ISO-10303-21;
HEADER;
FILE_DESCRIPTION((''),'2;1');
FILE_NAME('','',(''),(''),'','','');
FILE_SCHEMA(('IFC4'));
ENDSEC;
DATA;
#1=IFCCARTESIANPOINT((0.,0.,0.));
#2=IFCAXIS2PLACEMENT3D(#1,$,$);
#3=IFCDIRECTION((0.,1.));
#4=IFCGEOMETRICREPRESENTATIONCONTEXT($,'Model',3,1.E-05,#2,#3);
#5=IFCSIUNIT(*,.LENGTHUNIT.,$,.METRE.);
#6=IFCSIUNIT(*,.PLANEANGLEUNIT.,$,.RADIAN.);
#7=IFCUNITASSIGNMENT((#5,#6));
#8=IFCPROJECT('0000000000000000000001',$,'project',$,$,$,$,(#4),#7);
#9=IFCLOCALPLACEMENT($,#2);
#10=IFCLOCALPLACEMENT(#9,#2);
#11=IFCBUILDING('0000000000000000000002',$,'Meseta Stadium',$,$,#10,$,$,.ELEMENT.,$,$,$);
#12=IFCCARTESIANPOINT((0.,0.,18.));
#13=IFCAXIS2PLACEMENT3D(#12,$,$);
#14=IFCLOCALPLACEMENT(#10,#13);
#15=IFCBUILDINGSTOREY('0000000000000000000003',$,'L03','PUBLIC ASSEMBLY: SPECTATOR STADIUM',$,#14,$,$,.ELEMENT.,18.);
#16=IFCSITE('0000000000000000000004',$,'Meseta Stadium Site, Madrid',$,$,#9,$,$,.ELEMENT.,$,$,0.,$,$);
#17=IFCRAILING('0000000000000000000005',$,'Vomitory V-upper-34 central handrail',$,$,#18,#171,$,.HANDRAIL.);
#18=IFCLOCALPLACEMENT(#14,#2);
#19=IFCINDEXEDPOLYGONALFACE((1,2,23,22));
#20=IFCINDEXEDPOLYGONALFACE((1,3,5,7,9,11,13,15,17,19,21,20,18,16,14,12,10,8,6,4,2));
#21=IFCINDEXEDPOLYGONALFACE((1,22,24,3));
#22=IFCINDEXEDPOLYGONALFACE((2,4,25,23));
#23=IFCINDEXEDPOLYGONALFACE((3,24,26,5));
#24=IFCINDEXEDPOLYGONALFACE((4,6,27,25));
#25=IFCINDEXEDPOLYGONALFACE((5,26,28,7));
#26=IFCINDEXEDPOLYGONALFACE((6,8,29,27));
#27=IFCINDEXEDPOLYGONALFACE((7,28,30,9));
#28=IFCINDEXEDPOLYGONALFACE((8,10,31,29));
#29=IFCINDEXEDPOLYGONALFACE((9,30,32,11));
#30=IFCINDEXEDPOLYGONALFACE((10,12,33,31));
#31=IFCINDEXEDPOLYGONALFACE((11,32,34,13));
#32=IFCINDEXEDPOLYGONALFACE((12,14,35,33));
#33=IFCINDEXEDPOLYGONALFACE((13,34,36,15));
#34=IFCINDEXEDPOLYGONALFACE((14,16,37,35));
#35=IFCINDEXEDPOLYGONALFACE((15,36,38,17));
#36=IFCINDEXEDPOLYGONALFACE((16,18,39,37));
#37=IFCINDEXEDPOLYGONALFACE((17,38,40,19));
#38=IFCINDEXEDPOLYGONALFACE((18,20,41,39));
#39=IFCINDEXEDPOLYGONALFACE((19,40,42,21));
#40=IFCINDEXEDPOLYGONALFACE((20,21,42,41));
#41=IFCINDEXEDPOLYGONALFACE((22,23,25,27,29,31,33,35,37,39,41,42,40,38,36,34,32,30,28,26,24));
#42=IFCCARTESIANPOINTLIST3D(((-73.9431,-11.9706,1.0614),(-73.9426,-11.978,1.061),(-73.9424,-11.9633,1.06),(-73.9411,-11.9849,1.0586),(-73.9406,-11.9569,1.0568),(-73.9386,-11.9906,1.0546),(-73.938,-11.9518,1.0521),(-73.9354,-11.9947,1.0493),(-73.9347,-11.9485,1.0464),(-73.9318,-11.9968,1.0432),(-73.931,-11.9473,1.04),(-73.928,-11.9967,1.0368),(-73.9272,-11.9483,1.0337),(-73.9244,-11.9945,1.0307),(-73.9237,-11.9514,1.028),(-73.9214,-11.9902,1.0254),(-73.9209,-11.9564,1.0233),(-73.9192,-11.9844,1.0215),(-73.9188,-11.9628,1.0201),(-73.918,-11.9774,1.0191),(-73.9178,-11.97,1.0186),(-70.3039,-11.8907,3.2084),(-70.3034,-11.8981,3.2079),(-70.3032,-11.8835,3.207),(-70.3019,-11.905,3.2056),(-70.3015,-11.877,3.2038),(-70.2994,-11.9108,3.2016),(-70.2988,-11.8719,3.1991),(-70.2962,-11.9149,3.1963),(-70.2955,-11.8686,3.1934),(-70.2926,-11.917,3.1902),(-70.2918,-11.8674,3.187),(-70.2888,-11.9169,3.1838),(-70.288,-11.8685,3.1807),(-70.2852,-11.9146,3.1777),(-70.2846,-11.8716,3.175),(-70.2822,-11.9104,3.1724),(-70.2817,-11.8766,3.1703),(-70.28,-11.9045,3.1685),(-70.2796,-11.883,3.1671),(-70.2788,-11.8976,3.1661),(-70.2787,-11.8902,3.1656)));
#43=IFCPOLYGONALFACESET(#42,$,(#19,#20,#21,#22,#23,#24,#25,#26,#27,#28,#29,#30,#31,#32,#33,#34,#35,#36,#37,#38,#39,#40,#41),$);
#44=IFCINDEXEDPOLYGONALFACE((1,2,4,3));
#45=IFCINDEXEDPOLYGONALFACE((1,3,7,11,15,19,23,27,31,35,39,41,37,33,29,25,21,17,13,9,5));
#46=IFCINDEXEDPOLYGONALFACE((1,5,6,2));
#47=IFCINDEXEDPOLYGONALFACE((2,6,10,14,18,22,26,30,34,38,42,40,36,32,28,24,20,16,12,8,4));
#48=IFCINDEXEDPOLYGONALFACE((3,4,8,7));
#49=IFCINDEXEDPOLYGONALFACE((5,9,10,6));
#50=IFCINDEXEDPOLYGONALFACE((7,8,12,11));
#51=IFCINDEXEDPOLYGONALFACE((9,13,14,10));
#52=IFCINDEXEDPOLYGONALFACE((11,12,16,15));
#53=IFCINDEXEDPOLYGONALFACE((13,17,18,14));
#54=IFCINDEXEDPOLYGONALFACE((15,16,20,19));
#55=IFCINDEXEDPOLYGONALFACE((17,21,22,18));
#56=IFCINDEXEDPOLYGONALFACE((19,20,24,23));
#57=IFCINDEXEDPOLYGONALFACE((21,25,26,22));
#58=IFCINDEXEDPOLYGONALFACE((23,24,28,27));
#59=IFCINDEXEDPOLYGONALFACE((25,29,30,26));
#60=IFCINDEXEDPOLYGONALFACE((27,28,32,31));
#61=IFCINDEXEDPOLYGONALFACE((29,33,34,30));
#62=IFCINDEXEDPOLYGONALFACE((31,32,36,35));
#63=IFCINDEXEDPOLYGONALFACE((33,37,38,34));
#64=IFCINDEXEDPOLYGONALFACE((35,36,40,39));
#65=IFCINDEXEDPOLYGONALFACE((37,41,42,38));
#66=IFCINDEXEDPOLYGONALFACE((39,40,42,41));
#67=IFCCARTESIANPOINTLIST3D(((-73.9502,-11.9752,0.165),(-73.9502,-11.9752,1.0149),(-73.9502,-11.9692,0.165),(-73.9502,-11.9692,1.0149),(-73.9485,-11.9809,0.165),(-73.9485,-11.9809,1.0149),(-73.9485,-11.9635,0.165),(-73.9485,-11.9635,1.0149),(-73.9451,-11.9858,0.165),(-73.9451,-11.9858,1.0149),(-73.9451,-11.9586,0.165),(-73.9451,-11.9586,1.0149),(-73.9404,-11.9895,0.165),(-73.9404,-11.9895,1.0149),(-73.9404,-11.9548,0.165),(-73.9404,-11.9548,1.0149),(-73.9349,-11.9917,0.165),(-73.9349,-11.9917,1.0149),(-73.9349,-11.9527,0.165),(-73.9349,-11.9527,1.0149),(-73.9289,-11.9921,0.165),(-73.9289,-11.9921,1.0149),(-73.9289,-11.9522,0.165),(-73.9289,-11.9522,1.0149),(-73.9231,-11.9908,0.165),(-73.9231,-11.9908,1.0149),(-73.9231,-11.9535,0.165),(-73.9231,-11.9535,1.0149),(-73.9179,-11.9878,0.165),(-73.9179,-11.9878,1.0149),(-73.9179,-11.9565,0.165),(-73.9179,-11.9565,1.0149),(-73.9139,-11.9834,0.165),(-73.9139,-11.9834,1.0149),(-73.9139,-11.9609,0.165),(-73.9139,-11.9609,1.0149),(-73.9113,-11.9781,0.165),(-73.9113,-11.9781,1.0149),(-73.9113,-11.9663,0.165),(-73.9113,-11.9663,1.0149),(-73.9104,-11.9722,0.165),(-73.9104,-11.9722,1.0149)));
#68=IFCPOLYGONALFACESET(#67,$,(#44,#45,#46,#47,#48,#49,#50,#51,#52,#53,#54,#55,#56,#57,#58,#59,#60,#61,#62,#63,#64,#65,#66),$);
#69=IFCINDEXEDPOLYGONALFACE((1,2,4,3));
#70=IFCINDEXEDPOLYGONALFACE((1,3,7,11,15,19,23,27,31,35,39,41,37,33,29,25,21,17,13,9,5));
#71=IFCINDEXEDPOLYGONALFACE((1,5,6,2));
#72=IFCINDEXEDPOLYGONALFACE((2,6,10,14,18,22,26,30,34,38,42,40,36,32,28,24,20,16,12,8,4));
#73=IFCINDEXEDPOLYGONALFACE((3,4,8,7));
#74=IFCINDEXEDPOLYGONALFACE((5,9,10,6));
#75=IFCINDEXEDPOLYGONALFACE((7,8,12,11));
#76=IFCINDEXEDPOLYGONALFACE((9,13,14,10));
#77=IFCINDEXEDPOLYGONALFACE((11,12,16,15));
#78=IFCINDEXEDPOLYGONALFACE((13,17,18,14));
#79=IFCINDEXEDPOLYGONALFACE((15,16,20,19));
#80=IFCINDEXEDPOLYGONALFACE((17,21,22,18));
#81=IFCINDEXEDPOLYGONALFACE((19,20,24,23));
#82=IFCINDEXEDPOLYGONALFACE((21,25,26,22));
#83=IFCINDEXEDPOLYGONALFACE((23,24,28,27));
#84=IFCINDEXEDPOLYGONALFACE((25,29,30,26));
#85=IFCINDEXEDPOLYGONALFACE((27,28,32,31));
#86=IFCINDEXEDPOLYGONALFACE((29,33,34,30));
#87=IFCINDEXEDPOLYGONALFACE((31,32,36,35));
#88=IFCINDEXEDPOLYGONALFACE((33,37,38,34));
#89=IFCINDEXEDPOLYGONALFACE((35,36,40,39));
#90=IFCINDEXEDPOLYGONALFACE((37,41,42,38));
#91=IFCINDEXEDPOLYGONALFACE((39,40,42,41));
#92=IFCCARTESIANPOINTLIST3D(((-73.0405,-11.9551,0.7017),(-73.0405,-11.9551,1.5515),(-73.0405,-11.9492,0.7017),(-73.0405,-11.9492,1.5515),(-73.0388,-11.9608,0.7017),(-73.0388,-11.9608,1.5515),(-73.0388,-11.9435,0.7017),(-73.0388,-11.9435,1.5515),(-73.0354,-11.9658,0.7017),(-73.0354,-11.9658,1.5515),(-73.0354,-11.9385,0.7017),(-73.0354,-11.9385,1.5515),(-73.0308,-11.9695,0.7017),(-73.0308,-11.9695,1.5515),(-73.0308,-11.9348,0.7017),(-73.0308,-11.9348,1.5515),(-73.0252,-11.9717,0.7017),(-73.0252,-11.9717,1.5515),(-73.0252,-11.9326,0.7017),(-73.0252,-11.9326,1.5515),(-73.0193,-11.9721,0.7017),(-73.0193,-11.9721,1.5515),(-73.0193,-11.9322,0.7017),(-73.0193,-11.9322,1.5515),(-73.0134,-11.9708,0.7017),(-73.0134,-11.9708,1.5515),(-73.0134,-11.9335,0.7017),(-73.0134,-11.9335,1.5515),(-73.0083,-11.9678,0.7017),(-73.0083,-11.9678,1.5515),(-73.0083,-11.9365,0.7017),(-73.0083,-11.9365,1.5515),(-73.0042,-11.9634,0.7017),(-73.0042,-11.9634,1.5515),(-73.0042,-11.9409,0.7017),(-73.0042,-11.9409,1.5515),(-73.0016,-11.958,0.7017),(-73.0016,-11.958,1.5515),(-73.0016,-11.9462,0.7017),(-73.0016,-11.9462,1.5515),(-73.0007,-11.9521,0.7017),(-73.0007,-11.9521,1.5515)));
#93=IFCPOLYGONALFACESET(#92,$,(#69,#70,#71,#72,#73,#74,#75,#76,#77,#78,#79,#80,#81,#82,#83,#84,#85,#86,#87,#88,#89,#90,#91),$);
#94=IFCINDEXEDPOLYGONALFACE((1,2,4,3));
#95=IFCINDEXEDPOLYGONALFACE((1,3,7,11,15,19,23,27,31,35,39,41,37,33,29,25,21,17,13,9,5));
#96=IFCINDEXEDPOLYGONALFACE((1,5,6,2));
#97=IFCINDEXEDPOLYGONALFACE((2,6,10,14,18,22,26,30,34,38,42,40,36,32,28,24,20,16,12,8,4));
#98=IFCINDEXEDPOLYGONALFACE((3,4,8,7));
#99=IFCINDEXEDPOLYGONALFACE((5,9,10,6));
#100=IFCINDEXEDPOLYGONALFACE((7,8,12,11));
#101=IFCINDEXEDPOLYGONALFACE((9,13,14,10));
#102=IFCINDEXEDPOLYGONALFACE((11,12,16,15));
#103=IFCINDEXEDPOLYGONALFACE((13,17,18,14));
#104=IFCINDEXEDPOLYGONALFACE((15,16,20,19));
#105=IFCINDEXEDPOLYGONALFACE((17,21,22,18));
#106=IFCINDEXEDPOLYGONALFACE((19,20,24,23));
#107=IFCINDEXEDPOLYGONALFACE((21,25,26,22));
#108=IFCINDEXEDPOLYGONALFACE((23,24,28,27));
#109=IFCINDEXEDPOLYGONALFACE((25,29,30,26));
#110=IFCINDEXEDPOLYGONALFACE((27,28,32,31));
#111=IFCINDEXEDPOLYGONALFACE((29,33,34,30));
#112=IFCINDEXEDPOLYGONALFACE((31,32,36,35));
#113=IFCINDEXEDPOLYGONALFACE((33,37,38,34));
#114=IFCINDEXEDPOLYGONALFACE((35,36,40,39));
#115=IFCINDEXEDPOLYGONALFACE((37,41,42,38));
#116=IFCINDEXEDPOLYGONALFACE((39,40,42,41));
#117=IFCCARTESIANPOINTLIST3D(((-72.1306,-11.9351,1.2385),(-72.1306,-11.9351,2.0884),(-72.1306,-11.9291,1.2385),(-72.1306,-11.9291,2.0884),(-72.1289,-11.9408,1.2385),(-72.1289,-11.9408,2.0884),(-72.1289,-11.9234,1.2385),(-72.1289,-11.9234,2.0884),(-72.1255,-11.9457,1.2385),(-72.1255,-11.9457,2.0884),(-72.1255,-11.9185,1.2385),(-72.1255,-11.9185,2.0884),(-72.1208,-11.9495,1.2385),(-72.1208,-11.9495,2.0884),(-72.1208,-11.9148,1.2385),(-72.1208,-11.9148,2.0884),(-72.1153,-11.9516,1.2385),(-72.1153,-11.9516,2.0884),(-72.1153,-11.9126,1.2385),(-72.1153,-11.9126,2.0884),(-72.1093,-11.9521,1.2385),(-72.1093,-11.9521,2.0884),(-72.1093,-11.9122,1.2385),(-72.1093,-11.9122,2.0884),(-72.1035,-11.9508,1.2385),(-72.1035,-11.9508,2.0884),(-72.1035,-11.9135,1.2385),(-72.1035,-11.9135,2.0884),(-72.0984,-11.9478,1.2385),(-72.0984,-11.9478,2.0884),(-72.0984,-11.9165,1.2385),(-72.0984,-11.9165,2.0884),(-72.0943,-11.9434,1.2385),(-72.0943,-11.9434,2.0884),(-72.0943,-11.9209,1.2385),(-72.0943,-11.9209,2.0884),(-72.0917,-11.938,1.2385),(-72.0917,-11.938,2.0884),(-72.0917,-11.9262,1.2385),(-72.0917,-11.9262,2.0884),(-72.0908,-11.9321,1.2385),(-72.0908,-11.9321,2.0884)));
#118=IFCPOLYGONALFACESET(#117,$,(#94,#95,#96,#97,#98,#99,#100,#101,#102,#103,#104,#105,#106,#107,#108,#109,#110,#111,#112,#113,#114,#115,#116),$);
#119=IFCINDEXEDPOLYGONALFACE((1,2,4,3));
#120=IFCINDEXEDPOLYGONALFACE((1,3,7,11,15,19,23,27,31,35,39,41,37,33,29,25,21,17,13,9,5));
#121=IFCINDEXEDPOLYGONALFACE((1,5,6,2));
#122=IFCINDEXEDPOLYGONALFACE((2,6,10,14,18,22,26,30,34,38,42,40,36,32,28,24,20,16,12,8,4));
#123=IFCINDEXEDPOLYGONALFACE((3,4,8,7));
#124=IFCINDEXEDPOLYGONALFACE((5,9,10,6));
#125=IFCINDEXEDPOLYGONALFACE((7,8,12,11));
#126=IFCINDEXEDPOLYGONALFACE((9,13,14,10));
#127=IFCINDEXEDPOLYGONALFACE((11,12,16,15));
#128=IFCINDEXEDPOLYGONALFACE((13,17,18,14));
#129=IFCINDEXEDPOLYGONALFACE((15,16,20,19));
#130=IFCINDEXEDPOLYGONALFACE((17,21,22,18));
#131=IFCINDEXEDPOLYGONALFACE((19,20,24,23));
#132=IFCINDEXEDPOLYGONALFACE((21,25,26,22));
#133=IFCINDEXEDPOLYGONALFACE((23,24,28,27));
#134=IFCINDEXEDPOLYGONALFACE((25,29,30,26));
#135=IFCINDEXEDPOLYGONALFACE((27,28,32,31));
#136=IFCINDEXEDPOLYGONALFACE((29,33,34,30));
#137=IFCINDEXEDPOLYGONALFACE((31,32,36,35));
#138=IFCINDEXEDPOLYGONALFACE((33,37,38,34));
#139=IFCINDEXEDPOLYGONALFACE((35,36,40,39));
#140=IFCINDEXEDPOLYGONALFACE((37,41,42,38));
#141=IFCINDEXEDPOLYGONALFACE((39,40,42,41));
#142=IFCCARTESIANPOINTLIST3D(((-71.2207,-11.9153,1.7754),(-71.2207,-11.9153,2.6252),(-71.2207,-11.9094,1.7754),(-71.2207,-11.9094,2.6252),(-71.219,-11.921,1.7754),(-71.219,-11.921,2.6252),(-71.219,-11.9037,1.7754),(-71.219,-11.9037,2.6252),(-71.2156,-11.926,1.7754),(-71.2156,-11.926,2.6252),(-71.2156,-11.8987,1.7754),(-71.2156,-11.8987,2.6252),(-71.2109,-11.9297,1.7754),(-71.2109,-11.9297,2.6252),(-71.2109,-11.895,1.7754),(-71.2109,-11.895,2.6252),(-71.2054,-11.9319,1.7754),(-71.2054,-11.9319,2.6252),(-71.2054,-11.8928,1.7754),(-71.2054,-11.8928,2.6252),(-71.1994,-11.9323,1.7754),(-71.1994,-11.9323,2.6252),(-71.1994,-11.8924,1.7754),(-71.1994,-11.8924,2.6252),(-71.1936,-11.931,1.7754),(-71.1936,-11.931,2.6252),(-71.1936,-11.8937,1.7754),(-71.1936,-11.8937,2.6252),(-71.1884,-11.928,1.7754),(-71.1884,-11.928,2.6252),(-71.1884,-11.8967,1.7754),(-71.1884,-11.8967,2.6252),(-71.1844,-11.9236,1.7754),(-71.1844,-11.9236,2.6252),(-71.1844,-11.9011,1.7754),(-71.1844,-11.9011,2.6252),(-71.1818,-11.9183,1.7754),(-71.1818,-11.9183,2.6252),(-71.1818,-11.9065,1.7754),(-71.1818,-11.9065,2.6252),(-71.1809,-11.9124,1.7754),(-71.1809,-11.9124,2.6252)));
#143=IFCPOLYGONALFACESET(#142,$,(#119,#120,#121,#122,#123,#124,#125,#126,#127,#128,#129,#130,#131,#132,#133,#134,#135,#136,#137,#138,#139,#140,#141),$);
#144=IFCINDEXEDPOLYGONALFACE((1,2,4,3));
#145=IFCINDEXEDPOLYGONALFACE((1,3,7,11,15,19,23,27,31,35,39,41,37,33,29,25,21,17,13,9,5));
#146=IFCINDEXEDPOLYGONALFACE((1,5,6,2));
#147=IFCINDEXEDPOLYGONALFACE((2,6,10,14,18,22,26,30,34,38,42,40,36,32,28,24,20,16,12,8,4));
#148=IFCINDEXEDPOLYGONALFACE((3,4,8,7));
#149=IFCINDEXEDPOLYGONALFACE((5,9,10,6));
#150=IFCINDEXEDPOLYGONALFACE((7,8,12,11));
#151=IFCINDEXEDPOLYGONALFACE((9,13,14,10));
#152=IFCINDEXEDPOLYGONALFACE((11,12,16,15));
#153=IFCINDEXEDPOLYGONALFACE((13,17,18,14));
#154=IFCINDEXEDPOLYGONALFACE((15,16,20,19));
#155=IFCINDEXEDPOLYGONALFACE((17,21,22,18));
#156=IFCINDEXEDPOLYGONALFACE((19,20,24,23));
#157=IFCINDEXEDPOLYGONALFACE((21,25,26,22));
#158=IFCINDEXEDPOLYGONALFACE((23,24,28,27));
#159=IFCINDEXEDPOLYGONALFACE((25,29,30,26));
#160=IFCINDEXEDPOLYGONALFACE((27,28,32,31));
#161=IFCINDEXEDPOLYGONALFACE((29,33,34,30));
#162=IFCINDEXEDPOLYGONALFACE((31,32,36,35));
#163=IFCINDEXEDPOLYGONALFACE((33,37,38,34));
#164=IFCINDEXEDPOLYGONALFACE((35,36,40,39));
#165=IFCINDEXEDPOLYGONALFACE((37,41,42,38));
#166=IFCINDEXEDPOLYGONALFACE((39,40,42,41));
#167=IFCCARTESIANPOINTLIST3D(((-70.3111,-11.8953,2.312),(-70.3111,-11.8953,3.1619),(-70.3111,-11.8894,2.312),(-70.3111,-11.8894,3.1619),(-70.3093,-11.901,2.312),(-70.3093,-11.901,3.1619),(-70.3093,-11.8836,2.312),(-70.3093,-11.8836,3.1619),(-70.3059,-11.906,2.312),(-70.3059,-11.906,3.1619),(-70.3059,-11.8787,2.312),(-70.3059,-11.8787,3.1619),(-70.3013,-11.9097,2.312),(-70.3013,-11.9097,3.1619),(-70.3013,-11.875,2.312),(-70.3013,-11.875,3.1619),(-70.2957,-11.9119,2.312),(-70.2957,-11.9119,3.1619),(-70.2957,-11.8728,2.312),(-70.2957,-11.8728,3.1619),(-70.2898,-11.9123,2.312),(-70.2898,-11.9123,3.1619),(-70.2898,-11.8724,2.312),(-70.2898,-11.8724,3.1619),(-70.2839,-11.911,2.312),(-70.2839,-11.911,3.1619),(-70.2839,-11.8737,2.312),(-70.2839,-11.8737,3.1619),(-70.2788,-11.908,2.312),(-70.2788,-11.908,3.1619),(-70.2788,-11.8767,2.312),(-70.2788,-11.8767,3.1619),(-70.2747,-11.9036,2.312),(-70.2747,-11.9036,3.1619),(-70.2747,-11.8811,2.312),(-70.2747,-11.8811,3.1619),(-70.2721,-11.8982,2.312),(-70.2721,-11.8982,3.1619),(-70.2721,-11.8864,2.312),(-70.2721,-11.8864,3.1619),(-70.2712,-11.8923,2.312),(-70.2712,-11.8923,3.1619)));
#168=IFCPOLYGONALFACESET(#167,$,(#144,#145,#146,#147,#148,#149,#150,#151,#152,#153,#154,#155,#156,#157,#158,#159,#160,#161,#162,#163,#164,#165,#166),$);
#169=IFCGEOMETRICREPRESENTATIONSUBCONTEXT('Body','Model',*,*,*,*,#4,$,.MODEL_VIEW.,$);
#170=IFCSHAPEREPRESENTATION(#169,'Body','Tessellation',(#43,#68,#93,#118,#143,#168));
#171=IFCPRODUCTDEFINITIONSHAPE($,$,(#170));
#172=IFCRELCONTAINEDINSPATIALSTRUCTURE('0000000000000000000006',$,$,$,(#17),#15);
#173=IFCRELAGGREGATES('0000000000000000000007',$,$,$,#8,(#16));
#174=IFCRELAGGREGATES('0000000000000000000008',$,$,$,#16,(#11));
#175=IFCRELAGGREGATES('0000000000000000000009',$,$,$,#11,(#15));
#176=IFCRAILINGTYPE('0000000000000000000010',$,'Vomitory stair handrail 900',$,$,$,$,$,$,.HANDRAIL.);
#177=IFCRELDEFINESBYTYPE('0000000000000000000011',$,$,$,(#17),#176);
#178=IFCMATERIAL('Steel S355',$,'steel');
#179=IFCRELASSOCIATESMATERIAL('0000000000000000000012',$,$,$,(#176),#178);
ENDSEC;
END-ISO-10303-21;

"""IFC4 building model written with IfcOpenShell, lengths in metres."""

from ifc_helpers import new_model, si_unit, direction, frame, origin, origin_2d, place, context, subcontext, project, spatial, circle, extrude, material, type_object, element, save


model = new_model("IFC4")

# Units and contexts
model_context = context("Model", 3, precision=1e-05, world=origin(), true_north=direction((0.0, 1.0)))
body_context = subcontext(model_context, "Body", "Model", "MODEL_VIEW")
ifc_project = project(units=[si_unit("LENGTHUNIT", "METRE"), si_unit("PLANEANGLEUNIT", "RADIAN")], contexts=[model_context])

# Site, building, storey
site_placement = place(None, origin())
site = spatial("IfcSite", under=ifc_project, at=site_placement, Name="Meseta Stadium Site, Madrid", CompositionType="ELEMENT", RefElevation=0.0)
building_placement = place(site_placement, origin())
building = spatial("IfcBuilding", under=site, at=building_placement, Name="Meseta Stadium", CompositionType="ELEMENT")
storey_placement = place(building_placement, frame((0.0, 0.0, 18.0)))
storey = spatial("IfcBuildingStorey", under=building, at=storey_placement, Name="L03", Description="PUBLIC ASSEMBLY: SPECTATOR STADIUM", CompositionType="ELEMENT", Elevation=18.0)

# Railing
ifc_material_1 = material(Name="Steel S355", Category="steel")
railing_type_1 = type_object("IfcRailingType", Name="Vomitory stair handrail 900", PredefinedType="HANDRAIL", material=ifc_material_1)
railing_1_placement = place(storey_placement, frame((-73.9304, -11.9722, 0.165)))
element("IfcRailing", 1, at=railing_1_placement, inside=storey, type_object=railing_type_1, Name="Vomitory V-upper-34 central handrail", PredefinedType="HANDRAIL", context=body_context, shape_type="SweptSolid", body=[
    extrude(circle(Radius=0.0249, at=origin_2d()), frame((0.0, 0.0, 0.875), z_axis=(0.861129, 0.018891, 0.508035), x_axis=(-0.021932, 0.999759, 0.0)), (0.0, 0.0, 1.0), 4.2261),
    extrude(circle(Radius=0.02, at=origin_2d()), origin(), (0.0, 0.0, 1.0), 0.8499),
    extrude(circle(Radius=0.02, at=origin_2d()), frame((0.9097, 0.02, 0.5366)), (0.0, 0.0, 1.0), 0.8499),
    extrude(circle(Radius=0.02, at=origin_2d()), frame((1.8196, 0.04, 1.0735)), (0.0, 0.0, 1.0), 0.8499),
    extrude(circle(Radius=0.02, at=origin_2d()), frame((2.7295, 0.0598, 1.6104)), (0.0, 0.0, 1.0), 0.8499),
    extrude(circle(Radius=0.02, at=origin_2d()), frame((3.6392, 0.0798, 2.147)), (0.0, 0.0, 1.0), 0.8499),
])

save(model, "model.ifc")
